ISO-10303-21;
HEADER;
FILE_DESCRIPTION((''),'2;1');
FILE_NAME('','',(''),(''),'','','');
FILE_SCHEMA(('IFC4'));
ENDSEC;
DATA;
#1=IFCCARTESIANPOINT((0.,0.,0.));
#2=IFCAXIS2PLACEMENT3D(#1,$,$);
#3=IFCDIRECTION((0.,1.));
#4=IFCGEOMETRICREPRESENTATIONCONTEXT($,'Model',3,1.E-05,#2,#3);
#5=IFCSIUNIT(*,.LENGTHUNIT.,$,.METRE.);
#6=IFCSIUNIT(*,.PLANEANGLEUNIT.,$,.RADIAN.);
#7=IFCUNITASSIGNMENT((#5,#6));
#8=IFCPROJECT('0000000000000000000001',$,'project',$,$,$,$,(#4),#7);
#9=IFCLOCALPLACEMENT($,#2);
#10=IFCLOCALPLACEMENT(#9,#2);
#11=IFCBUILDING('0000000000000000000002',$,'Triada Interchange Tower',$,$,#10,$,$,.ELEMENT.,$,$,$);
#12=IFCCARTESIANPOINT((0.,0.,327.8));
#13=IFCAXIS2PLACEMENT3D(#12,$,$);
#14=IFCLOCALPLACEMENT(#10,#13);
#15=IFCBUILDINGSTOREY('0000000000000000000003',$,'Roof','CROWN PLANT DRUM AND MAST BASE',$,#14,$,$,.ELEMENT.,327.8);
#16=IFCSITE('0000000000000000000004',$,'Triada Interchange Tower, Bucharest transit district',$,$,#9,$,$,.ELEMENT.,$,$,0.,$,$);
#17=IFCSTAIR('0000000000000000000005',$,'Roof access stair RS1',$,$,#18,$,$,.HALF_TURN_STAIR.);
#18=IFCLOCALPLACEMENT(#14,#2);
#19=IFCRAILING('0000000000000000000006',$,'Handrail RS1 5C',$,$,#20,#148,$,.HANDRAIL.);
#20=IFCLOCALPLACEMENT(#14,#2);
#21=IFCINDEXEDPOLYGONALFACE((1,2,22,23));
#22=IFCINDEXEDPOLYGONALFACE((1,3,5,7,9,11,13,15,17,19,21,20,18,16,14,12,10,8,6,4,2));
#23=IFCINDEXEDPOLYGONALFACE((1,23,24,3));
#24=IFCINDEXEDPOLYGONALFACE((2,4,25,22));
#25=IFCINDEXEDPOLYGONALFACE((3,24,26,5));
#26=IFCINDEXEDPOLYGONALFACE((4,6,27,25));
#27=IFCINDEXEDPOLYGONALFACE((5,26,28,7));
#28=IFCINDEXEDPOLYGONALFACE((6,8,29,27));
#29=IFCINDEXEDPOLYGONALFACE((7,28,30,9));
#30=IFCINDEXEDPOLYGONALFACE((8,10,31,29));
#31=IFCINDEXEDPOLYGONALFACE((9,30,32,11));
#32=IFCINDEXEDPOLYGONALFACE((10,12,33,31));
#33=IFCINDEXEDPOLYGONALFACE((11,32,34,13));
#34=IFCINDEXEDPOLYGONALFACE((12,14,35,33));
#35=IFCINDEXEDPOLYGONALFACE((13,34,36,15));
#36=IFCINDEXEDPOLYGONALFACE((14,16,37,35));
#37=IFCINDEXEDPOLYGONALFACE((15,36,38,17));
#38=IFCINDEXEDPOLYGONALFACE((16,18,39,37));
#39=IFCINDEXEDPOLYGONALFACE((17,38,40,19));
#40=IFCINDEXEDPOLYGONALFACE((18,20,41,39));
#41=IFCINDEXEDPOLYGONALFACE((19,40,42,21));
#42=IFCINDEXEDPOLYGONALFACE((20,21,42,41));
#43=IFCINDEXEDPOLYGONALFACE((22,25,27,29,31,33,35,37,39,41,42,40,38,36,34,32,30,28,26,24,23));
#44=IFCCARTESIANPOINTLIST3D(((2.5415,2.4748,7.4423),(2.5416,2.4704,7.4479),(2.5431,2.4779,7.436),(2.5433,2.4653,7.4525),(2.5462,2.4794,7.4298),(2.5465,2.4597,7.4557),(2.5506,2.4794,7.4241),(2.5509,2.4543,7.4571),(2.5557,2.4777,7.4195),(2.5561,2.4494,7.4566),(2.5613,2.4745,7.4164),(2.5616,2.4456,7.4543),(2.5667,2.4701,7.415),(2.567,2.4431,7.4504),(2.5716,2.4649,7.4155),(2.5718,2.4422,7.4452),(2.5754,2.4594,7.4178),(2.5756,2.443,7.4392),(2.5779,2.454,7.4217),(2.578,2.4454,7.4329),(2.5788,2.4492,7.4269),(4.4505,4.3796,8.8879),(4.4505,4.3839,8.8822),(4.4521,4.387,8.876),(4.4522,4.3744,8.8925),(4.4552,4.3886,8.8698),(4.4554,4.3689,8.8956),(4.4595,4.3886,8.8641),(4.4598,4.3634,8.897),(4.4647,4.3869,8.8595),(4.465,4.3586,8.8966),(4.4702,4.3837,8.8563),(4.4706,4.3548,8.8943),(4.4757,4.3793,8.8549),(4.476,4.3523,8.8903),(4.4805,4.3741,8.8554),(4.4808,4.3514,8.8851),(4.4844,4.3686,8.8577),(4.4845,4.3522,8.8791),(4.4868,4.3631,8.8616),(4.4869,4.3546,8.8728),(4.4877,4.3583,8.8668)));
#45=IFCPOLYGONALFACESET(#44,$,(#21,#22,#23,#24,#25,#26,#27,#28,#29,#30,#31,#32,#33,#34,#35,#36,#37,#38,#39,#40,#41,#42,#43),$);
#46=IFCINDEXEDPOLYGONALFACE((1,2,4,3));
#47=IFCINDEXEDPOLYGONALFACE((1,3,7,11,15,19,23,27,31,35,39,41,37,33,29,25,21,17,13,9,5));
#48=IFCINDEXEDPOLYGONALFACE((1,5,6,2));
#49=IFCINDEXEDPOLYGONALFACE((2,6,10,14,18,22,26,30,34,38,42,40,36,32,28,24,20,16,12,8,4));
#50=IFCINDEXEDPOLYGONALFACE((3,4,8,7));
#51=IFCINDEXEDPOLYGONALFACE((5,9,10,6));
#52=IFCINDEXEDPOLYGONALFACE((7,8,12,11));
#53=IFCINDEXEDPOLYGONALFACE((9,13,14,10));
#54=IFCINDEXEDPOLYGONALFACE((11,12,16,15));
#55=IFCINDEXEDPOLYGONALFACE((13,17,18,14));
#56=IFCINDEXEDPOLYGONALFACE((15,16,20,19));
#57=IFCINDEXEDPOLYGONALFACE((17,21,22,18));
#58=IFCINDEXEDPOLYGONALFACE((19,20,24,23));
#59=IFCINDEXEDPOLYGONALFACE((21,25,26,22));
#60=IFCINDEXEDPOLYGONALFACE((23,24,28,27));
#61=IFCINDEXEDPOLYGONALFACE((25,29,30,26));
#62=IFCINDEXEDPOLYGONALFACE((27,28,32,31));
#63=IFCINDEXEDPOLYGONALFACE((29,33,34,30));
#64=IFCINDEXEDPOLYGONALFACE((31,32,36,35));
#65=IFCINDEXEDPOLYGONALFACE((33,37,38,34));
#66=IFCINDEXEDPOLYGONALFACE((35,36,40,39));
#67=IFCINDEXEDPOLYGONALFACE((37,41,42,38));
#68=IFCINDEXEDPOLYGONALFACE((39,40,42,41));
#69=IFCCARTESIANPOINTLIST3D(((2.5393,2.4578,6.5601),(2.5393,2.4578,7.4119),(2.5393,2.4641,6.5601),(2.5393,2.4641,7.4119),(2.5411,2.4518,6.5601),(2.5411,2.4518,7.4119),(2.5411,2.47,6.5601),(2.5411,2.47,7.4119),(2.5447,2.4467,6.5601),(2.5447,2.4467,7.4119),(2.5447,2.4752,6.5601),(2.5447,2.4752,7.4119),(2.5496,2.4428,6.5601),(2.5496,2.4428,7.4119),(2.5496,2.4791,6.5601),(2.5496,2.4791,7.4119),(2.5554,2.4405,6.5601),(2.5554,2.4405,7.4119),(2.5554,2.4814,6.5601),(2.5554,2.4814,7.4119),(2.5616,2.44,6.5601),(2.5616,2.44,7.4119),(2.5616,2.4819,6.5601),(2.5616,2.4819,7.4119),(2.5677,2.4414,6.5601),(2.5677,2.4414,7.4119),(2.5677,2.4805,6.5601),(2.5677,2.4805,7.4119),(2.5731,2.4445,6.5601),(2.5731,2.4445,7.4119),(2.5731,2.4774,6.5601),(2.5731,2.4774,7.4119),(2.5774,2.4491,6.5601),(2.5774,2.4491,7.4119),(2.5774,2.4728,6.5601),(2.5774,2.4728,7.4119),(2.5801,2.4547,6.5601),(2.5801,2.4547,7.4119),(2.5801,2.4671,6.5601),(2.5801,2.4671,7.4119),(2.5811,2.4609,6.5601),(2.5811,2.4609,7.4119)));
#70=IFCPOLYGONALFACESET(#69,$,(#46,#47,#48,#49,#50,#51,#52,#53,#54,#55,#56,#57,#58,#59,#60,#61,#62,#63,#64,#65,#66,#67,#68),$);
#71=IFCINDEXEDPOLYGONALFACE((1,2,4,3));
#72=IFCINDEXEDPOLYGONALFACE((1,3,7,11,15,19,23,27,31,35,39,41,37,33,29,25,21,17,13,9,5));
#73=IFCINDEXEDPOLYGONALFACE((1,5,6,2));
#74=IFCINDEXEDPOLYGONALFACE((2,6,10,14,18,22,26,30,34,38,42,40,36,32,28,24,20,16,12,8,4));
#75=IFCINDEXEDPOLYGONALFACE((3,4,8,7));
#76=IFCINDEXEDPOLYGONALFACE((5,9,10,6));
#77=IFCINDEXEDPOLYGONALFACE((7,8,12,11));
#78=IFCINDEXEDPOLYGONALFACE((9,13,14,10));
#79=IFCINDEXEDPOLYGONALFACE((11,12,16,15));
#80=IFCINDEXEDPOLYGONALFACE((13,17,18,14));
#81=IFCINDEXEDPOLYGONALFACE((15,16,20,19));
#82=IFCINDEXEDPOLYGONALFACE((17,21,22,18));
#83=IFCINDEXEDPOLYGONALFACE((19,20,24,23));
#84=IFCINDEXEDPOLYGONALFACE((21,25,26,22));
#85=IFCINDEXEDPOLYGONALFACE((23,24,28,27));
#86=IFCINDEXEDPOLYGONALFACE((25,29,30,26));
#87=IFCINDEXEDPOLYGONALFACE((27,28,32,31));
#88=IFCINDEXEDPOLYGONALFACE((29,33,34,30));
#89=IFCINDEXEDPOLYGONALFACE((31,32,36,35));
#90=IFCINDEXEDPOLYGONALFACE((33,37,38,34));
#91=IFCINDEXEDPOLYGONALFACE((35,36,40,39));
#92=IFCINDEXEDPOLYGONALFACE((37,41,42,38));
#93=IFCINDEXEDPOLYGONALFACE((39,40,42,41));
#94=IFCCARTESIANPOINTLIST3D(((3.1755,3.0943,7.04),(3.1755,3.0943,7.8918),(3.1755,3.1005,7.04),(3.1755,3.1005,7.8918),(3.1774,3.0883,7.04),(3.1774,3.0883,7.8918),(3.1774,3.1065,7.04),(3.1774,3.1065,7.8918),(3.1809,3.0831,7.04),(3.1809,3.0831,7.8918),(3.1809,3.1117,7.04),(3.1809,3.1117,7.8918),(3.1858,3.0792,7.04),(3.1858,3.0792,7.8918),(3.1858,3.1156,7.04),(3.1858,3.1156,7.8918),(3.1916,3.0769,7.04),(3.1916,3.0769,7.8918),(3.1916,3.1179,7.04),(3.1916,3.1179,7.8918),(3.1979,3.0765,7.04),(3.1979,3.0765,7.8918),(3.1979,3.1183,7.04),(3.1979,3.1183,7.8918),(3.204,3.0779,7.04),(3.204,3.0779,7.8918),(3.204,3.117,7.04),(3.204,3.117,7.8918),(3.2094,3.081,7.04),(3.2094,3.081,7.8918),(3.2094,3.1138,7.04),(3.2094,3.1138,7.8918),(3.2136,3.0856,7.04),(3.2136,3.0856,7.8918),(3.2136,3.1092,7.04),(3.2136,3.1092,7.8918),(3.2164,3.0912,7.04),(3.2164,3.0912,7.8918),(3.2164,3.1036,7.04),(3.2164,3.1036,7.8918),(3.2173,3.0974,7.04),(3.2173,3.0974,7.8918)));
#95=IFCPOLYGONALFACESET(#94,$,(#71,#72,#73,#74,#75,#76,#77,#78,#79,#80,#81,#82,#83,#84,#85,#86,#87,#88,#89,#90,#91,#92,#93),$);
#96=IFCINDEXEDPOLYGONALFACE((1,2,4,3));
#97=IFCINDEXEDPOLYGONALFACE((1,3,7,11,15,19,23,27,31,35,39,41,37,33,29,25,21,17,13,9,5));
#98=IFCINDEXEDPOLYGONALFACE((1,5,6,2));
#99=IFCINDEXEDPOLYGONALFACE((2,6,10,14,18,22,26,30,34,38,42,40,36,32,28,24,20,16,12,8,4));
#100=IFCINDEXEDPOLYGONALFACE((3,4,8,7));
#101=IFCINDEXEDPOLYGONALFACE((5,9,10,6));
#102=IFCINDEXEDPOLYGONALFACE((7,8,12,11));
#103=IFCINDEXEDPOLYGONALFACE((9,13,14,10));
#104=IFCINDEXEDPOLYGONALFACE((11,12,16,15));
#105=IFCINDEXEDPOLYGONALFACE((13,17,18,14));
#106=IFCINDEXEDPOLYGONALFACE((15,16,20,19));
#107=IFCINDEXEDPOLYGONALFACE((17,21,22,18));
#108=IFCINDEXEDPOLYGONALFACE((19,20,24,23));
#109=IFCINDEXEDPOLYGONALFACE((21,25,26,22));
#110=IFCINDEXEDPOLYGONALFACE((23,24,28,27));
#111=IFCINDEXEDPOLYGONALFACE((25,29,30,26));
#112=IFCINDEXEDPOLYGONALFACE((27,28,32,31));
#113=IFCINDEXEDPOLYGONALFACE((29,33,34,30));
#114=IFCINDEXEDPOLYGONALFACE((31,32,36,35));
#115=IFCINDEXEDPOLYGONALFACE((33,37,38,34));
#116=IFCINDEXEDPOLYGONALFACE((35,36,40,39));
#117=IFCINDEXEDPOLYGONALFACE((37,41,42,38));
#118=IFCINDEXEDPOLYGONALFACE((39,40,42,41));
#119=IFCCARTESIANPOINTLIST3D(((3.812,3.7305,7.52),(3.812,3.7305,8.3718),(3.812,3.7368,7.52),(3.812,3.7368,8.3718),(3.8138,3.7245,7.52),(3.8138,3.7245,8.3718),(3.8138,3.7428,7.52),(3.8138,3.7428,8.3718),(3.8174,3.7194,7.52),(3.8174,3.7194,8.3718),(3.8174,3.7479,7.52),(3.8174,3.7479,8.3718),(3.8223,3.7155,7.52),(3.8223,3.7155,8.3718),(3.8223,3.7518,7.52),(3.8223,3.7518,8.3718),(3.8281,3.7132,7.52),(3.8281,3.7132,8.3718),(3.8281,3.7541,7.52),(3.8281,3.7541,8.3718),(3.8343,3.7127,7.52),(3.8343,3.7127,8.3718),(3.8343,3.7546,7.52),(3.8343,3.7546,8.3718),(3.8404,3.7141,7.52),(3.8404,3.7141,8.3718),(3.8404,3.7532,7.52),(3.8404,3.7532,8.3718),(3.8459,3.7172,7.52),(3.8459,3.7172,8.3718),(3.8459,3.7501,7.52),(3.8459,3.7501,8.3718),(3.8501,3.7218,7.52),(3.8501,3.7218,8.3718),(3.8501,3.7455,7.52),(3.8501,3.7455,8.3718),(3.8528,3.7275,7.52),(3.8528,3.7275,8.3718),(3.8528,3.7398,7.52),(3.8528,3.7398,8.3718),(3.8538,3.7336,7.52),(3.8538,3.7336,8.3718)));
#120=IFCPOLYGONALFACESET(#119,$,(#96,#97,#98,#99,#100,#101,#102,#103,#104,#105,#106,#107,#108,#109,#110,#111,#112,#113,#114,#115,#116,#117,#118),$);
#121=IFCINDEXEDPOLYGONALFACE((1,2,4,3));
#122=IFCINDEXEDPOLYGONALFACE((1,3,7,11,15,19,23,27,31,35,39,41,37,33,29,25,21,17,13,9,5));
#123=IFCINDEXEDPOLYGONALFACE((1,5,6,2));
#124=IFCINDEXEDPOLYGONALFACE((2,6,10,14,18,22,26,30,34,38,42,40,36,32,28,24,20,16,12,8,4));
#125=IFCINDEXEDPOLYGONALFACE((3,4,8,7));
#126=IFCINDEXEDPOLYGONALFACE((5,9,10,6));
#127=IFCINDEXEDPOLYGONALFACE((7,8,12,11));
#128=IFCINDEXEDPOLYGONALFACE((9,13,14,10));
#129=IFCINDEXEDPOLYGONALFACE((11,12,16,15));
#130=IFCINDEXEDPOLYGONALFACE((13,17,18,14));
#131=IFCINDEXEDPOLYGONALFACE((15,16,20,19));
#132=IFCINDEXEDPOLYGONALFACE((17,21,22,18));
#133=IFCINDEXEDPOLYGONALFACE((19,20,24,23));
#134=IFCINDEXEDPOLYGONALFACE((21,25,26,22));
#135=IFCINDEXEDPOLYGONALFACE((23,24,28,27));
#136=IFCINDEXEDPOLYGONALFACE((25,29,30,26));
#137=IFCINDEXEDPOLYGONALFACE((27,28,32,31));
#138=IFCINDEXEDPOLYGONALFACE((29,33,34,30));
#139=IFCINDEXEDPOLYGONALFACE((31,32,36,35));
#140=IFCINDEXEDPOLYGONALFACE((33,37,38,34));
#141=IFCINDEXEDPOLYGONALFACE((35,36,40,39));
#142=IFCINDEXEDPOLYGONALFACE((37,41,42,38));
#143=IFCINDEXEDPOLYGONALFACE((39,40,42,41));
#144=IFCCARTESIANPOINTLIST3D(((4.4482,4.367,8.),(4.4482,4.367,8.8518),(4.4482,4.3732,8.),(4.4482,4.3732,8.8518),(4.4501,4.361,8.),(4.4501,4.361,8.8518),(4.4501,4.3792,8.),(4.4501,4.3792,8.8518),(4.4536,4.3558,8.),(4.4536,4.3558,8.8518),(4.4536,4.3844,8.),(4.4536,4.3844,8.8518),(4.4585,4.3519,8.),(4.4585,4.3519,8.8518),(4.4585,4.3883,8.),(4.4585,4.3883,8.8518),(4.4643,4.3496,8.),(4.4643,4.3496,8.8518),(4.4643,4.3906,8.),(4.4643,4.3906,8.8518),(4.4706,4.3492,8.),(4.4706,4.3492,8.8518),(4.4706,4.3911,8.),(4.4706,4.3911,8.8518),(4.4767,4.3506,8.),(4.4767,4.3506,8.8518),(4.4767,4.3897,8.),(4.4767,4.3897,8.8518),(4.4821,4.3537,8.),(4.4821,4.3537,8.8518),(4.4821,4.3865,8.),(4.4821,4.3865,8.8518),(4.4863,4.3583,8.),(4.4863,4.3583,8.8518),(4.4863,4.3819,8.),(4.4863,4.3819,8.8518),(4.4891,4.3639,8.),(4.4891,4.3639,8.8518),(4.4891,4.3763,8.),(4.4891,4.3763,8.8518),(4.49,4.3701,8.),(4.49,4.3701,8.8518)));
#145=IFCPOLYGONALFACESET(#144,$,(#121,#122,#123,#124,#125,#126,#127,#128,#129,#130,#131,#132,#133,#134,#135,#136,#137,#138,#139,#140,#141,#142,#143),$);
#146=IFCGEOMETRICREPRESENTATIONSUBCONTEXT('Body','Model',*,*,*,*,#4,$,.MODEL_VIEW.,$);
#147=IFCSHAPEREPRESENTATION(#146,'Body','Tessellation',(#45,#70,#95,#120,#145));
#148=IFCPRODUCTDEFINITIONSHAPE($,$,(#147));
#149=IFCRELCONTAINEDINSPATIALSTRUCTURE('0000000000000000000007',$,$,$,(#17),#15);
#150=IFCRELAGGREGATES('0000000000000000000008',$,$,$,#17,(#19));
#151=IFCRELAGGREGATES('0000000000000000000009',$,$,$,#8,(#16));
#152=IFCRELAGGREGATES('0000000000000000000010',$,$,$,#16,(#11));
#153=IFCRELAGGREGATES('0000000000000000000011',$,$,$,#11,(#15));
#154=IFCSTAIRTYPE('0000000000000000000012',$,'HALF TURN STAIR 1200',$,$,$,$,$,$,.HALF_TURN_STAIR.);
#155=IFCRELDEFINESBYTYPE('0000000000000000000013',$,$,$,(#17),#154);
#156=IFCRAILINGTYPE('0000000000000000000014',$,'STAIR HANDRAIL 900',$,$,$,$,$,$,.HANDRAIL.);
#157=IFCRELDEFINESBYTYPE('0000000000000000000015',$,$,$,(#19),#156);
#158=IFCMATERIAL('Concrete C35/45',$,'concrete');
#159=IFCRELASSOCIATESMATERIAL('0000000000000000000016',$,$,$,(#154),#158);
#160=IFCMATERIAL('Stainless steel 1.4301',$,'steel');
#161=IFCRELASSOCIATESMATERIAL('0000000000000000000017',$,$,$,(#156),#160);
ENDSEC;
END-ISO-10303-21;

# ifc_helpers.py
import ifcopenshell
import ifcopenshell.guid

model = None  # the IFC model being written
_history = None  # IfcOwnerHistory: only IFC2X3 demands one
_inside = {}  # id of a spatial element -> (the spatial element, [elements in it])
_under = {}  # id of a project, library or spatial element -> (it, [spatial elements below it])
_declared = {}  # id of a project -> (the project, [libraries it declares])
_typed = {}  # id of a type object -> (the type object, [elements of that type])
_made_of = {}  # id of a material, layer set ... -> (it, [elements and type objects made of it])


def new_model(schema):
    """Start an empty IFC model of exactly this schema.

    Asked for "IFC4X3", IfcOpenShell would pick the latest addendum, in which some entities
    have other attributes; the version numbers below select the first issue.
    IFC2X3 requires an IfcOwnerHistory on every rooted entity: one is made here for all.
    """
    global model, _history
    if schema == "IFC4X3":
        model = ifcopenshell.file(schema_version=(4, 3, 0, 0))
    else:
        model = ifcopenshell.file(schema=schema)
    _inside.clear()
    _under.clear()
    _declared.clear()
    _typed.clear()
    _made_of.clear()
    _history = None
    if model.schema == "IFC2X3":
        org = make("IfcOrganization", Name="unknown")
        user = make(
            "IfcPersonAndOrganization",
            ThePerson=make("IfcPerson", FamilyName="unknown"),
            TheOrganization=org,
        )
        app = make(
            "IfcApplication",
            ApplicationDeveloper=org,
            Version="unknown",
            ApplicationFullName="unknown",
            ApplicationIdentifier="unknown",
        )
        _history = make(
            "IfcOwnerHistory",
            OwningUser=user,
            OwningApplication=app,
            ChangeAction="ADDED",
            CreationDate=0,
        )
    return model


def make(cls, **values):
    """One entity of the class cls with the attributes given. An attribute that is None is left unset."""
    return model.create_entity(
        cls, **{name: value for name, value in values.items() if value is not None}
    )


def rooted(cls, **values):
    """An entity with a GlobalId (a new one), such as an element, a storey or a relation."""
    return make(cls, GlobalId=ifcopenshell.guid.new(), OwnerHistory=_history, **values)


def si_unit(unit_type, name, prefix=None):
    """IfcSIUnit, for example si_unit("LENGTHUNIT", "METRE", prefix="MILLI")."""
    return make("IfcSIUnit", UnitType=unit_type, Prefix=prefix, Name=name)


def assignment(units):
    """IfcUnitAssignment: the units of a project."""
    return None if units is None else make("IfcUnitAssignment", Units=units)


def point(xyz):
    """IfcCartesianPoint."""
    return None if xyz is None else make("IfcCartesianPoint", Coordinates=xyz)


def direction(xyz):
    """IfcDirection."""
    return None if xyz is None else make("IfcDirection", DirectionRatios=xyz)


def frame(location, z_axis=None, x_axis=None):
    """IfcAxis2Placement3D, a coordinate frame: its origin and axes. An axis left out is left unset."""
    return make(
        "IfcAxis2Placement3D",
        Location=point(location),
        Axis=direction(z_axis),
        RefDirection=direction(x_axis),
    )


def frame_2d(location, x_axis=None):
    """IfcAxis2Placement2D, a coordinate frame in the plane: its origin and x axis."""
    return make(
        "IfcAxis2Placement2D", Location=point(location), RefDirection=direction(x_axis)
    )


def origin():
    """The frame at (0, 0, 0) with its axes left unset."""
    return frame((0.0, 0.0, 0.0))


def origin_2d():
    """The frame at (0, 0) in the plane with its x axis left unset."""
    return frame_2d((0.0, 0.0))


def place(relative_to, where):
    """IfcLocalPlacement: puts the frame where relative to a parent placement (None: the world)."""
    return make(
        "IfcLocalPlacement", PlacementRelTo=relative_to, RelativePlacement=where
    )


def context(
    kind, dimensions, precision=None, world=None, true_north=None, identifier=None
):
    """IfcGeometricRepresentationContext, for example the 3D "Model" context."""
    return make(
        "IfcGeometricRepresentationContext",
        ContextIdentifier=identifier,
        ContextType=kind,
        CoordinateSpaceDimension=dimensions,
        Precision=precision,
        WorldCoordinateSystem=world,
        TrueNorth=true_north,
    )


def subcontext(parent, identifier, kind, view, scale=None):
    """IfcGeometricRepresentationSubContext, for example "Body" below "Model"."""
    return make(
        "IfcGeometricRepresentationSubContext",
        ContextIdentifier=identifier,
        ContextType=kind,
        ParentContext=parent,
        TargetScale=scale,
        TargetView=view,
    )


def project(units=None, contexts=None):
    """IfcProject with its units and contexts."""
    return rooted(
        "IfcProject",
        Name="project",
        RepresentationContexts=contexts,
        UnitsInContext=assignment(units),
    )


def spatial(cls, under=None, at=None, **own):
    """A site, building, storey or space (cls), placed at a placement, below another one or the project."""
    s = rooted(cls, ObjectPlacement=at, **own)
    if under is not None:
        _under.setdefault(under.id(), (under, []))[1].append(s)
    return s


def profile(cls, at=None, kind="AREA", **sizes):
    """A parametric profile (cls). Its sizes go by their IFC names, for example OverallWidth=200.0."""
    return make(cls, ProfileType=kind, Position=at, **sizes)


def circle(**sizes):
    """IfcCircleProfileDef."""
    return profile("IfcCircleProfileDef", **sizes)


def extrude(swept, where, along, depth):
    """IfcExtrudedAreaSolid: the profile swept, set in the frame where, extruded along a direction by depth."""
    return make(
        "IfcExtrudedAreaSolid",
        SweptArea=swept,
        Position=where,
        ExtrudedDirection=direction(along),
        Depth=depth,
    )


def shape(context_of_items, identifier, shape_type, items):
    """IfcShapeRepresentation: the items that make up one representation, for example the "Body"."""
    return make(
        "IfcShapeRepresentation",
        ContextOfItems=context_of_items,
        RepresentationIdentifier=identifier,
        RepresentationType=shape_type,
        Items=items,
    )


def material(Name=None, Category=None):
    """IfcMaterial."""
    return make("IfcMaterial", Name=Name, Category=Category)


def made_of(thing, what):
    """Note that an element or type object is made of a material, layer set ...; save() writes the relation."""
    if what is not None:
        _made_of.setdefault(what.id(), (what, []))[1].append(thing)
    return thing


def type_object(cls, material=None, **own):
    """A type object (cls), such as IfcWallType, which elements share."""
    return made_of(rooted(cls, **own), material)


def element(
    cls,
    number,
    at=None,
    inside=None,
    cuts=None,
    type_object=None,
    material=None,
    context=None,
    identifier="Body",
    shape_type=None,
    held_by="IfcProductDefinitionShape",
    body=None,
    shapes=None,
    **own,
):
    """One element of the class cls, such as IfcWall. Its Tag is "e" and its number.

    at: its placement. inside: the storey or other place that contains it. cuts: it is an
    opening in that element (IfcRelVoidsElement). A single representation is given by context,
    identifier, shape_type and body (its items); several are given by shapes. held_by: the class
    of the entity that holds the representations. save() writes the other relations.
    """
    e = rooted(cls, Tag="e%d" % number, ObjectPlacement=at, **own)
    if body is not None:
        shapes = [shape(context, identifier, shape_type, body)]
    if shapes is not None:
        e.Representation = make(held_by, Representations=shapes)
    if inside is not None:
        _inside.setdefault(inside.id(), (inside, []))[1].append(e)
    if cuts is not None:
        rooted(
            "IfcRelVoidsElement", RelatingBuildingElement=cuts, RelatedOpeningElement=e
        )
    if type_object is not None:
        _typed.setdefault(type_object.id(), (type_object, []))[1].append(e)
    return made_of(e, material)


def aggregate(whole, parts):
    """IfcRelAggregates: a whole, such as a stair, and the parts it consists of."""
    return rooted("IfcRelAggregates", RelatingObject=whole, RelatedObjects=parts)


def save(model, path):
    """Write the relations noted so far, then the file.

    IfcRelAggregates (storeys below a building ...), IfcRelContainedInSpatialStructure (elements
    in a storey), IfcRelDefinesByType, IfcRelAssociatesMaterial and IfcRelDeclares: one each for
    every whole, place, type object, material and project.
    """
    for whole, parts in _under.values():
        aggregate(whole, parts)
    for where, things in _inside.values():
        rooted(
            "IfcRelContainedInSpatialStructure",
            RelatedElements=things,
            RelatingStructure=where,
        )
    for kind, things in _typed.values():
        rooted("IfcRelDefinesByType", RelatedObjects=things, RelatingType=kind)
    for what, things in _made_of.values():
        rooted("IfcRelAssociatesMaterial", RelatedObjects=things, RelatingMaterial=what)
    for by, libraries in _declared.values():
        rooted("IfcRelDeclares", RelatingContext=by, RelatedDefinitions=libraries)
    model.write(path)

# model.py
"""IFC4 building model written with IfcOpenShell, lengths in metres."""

from ifc_helpers import new_model, si_unit, direction, frame, origin, origin_2d, place, context, subcontext, project, spatial, circle, extrude, material, type_object, element, aggregate, save


model = new_model("IFC4")

# Units and contexts
model_context = context("Model", 3, precision=1e-05, world=origin(), true_north=direction((0.0, 1.0)))
body_context = subcontext(model_context, "Body", "Model", "MODEL_VIEW")
ifc_project = project(units=[si_unit("LENGTHUNIT", "METRE"), si_unit("PLANEANGLEUNIT", "RADIAN")], contexts=[model_context])

# Site, building, storey
site_placement = place(None, origin())
site = spatial("IfcSite", under=ifc_project, at=site_placement, Name="Triada Interchange Tower, Bucharest transit district", CompositionType="ELEMENT", RefElevation=0.0)
building_placement = place(site_placement, origin())
building = spatial("IfcBuilding", under=site, at=building_placement, Name="Triada Interchange Tower", CompositionType="ELEMENT")
storey_placement = place(building_placement, frame((0.0, 0.0, 327.8)))
storey = spatial("IfcBuildingStorey", under=building, at=storey_placement, Name="Roof", Description="CROWN PLANT DRUM AND MAST BASE", CompositionType="ELEMENT", Elevation=327.8)

# Stair
ifc_material_1 = material(Name="Concrete C35/45", Category="concrete")
stair_type = type_object("IfcStairType", Name="HALF TURN STAIR 1200", PredefinedType="HALF_TURN_STAIR", material=ifc_material_1)
stair_placement = place(storey_placement, origin())
stair = element("IfcStair", 1, at=stair_placement, inside=storey, type_object=stair_type, Name="Roof access stair RS1", PredefinedType="HALF_TURN_STAIR")

# Railing
ifc_material_2 = material(Name="Stainless steel 1.4301", Category="steel")
railing_type = type_object("IfcRailingType", Name="STAIR HANDRAIL 900", PredefinedType="HANDRAIL", material=ifc_material_2)
railing_1_placement = place(storey_placement, frame((2.5601, 2.4609, 6.5601)))
railing_1 = element("IfcRailing", 2, at=railing_1_placement, type_object=railing_type, Name="Handrail RS1 5C", PredefinedType="HANDRAIL", context=body_context, shape_type="SweptSolid", body=[
    extrude(circle(Radius=0.0239, at=origin_2d()), frame((0.0, 0.0, 0.876), z_axis=(0.623874, 0.623954, 0.470598), x_axis=(-0.707152, 0.707062, 0.0)), (0.0, 0.0, 1.0), 3.0598),
    extrude(circle(Radius=0.021, at=origin_2d()), origin(), (0.0, 0.0, 1.0), 0.8518),
    extrude(circle(Radius=0.021, at=origin_2d()), frame((0.6362, 0.6365, 0.48)), (0.0, 0.0, 1.0), 0.8518),
    extrude(circle(Radius=0.021, at=origin_2d()), frame((1.2727, 1.2727, 0.96)), (0.0, 0.0, 1.0), 0.8518),
    extrude(circle(Radius=0.021, at=origin_2d()), frame((1.9089, 1.9092, 1.4399)), (0.0, 0.0, 1.0), 0.8518),
])
aggregate(stair, [railing_1])

save(model, "model.ifc")
